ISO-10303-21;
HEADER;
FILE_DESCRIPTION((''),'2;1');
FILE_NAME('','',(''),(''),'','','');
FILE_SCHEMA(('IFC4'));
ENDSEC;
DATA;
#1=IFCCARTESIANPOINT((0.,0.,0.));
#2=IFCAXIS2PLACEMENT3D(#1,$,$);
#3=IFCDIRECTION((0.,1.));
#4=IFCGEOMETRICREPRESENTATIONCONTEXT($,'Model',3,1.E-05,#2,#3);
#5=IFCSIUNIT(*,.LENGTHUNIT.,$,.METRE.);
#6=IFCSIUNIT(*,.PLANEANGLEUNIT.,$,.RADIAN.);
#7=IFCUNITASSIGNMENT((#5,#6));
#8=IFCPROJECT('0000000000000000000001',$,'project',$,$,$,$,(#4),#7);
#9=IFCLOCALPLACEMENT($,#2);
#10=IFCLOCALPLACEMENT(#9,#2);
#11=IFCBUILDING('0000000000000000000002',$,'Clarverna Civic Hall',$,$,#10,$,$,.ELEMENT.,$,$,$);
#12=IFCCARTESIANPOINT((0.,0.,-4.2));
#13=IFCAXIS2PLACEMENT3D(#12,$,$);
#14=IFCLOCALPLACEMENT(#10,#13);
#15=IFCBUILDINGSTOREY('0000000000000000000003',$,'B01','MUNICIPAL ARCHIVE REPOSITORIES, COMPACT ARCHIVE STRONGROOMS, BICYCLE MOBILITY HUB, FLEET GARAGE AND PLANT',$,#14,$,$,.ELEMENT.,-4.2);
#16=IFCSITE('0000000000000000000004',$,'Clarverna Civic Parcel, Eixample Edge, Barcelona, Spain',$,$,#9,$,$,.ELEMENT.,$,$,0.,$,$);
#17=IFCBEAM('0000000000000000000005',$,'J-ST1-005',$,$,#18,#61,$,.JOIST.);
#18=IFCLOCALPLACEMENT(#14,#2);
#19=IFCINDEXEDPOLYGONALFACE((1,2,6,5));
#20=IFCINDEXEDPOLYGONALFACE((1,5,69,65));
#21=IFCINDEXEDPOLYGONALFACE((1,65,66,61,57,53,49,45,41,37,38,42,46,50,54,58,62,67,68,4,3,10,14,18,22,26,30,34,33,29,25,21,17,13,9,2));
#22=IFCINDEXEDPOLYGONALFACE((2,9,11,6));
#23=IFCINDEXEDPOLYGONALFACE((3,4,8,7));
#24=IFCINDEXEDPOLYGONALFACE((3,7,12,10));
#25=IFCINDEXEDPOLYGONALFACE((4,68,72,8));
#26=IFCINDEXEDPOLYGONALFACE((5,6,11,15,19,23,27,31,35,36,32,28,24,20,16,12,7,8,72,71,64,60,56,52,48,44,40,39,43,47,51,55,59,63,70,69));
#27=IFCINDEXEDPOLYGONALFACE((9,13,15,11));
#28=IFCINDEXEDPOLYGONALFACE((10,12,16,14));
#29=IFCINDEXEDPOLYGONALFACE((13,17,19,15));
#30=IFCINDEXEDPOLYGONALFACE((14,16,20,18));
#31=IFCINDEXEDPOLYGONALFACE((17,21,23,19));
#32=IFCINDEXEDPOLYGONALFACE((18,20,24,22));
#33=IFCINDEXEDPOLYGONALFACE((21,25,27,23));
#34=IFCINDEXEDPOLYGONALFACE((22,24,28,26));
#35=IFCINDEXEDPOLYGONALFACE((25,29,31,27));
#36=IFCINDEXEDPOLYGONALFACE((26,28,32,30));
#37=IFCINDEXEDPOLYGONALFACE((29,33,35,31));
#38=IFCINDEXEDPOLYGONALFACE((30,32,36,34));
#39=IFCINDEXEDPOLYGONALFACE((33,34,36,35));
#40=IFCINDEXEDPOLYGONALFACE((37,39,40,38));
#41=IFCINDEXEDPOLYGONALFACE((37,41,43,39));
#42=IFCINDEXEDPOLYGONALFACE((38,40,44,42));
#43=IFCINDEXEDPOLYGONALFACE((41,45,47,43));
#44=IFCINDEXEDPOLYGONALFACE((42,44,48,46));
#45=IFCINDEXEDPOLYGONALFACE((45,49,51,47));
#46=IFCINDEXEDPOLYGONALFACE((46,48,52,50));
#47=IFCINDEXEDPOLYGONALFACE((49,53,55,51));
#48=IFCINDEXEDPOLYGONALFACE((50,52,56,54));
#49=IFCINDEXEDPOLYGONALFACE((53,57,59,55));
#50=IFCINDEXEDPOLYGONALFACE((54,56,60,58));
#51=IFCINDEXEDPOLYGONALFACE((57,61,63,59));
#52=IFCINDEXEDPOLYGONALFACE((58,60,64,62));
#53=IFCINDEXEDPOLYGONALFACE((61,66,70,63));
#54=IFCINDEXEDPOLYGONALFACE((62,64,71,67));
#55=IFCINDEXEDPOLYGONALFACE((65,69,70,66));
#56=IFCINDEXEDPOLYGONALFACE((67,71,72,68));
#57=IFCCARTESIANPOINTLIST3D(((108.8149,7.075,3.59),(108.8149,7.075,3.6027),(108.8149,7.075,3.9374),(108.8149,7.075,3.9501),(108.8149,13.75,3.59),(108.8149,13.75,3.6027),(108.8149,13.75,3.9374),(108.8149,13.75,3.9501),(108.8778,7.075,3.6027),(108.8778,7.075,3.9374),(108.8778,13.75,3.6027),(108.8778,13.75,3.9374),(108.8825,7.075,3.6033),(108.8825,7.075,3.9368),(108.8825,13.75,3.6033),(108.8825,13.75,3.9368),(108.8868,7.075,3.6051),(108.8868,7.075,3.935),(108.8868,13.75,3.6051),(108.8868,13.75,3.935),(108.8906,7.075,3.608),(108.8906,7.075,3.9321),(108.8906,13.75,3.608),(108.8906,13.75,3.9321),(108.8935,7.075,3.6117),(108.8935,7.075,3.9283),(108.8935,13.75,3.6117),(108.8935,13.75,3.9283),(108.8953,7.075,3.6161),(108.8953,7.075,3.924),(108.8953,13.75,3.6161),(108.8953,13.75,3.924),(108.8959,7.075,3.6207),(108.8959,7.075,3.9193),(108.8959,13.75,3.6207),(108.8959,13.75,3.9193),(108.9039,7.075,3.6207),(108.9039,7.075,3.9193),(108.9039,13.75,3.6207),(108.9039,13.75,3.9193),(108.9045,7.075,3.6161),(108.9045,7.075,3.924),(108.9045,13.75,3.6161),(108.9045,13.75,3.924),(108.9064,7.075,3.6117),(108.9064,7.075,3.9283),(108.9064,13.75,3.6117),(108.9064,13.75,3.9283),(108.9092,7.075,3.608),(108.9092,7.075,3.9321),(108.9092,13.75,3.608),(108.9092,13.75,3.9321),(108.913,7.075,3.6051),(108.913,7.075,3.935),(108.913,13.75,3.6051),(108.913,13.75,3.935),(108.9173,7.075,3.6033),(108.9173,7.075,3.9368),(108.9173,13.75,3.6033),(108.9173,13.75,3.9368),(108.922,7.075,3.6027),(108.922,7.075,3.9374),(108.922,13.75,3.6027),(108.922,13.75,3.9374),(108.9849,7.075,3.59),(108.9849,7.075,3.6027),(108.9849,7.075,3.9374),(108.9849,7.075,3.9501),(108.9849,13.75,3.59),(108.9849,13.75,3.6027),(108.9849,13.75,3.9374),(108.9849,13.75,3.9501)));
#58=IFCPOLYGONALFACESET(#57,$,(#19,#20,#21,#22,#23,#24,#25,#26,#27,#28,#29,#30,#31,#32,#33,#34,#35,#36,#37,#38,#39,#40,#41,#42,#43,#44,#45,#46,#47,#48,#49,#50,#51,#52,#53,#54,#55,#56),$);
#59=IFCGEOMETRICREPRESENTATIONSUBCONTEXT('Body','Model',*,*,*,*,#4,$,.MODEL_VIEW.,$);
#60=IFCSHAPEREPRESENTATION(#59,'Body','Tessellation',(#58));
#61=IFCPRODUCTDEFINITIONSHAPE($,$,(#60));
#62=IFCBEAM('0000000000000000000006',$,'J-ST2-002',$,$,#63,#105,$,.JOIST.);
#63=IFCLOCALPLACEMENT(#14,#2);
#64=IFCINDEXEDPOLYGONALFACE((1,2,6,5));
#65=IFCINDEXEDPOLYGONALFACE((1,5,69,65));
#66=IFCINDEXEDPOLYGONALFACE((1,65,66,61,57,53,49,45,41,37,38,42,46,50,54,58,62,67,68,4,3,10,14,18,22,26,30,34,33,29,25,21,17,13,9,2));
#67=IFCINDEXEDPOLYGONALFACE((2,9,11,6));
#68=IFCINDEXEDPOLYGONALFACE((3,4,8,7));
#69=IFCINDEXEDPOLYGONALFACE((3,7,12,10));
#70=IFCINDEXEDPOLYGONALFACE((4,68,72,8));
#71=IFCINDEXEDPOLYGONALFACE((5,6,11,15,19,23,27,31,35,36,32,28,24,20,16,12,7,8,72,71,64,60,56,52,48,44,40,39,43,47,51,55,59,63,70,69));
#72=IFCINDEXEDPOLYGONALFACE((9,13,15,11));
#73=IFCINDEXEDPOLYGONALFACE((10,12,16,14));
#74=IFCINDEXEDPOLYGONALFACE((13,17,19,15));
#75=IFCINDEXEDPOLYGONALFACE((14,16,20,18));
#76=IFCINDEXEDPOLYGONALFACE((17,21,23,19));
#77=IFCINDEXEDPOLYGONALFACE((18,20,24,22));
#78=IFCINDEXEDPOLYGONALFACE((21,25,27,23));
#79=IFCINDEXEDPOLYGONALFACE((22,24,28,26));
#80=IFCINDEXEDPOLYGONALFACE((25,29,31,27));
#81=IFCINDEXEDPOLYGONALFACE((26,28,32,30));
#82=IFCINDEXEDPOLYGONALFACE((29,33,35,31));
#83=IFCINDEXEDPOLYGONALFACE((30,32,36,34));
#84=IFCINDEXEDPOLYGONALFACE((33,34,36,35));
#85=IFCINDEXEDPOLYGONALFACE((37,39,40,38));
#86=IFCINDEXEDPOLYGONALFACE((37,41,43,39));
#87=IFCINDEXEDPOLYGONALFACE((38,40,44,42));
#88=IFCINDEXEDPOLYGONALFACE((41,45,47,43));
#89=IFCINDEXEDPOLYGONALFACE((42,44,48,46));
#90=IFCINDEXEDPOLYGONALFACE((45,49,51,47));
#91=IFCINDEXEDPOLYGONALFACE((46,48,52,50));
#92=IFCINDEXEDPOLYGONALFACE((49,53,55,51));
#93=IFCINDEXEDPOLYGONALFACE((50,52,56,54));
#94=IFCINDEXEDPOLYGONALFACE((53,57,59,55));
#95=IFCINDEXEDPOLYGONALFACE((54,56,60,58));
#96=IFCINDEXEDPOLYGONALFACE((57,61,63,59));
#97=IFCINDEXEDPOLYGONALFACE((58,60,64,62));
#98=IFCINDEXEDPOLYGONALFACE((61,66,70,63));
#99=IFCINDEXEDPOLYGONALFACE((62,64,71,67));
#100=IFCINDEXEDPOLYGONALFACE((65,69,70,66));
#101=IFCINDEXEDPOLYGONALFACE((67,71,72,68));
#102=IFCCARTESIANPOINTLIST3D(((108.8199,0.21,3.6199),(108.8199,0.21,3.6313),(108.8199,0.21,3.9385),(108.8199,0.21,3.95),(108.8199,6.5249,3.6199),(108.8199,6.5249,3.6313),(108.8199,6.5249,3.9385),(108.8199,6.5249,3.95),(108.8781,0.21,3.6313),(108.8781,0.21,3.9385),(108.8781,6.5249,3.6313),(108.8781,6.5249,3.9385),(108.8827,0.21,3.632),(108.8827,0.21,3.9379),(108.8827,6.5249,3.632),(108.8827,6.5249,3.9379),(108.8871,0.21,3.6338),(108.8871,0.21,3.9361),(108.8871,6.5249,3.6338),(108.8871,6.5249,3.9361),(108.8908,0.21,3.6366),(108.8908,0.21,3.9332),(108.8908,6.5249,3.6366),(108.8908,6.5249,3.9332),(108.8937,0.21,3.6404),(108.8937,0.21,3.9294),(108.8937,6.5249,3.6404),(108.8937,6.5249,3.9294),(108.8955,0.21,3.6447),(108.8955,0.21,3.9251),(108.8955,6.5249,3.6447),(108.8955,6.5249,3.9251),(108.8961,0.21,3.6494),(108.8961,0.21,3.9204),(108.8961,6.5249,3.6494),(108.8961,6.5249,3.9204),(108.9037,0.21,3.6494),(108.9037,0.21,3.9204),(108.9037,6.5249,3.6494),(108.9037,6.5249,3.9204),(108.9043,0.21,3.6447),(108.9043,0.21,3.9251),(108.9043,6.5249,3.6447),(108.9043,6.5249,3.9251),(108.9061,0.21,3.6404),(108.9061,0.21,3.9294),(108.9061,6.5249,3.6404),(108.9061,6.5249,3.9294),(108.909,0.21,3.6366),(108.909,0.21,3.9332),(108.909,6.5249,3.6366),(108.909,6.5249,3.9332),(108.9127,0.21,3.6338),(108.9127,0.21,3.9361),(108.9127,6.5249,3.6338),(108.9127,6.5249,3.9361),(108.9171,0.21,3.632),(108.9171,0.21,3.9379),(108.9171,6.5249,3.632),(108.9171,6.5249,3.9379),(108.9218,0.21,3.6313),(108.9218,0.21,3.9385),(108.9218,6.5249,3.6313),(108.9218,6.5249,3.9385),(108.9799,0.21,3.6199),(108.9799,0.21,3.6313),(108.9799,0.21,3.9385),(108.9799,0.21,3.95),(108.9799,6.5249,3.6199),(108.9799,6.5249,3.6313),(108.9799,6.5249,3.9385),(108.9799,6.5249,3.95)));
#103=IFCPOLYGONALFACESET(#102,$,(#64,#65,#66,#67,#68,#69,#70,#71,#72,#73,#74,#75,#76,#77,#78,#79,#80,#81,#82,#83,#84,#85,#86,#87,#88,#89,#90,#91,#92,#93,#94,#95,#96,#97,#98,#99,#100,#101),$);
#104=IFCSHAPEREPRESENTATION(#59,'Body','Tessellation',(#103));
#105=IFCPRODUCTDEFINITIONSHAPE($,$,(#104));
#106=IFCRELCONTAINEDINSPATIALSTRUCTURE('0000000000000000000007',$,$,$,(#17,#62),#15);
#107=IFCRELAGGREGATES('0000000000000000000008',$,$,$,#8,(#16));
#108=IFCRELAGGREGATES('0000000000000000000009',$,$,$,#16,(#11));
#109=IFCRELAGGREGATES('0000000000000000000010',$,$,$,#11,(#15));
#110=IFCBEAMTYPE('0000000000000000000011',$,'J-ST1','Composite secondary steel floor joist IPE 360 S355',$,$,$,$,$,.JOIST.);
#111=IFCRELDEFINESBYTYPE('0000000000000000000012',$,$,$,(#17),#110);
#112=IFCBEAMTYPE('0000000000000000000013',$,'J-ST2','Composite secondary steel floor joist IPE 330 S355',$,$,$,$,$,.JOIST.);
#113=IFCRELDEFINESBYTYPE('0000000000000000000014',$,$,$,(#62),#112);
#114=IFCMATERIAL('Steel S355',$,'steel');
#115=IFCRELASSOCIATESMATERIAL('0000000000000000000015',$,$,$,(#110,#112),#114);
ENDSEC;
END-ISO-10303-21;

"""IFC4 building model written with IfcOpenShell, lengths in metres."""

from ifc_helpers import new_model, si_unit, direction, frame, origin, origin_2d, place, context, subcontext, project, spatial, i_section, extrude, material, material_profile, profile_set, type_object, element, save


model = new_model("IFC4")

# Units and contexts
model_context = context("Model", 3, precision=1e-05, world=origin(), true_north=direction((0.0, 1.0)))
body_context = subcontext(model_context, "Body", "Model", "MODEL_VIEW")
ifc_project = project(units=[si_unit("LENGTHUNIT", "METRE"), si_unit("PLANEANGLEUNIT", "RADIAN")], contexts=[model_context])

# Site, building, storey
site_placement = place(None, origin())
site = spatial("IfcSite", under=ifc_project, at=site_placement, Name="Clarverna Civic Parcel, Eixample Edge, Barcelona, Spain", CompositionType="ELEMENT", RefElevation=0.0)
building_placement = place(site_placement, origin())
building = spatial("IfcBuilding", under=site, at=building_placement, Name="Clarverna Civic Hall", CompositionType="ELEMENT")
storey_placement = place(building_placement, frame((0.0, 0.0, -4.2)))
storey = spatial("IfcBuildingStorey", under=building, at=storey_placement, Name="B01", Description="MUNICIPAL ARCHIVE REPOSITORIES, COMPACT ARCHIVE STRONGROOMS, BICYCLE MOBILITY HUB, FLEET GARAGE AND PLANT", CompositionType="ELEMENT", Elevation=-4.2)

# Beams
ifc_material_1 = material(Name="Steel S355", Category="steel")
ifc_material_profile_1 = material_profile(ifc_material_1, i_section(OverallWidth=0.1699, OverallDepth=0.3601, WebThickness=0.0081, FlangeThickness=0.0127, FilletRadius=0.0181, at=origin_2d()), Name="IPE 360")
ifc_profile_set_1 = profile_set([ifc_material_profile_1], Name="Steel S355")
beam_type_1 = type_object("IfcBeamType", Name="J-ST1", Description="Composite secondary steel floor joist IPE 360 S355", PredefinedType="JOIST", material=ifc_profile_set_1)
beam_1_placement = place(storey_placement, frame((108.8999, 7.075, 3.77), z_axis=(0.0, 1.0, 0.0), x_axis=(-1.0, 0.0, 0.0)))
element("IfcBeam", 1, at=beam_1_placement, inside=storey, type_object=beam_type_1, Name="J-ST1-005", PredefinedType="JOIST", context=body_context, shape_type="SweptSolid", body=[
    extrude(i_section(OverallWidth=0.1699, OverallDepth=0.3601, WebThickness=0.0081, FlangeThickness=0.0127, FilletRadius=0.0181, at=origin_2d()), origin(), (0.0, 0.0, 1.0), 6.675),
])
ifc_material_profile_2 = material_profile(ifc_material_1, i_section(OverallWidth=0.1599, OverallDepth=0.3301, WebThickness=0.0076, FlangeThickness=0.0115, FilletRadius=0.0181, at=origin_2d()), Name="IPE 330")
ifc_profile_set_2 = profile_set([ifc_material_profile_2], Name="Steel S355")
beam_type_2 = type_object("IfcBeamType", Name="J-ST2", Description="Composite secondary steel floor joist IPE 330 S355", PredefinedType="JOIST", material=ifc_profile_set_2)
beam_2_placement = place(storey_placement, frame((108.8999, 0.21, 3.7849), z_axis=(0.0, 1.0, 0.0), x_axis=(-1.0, 0.0, 0.0)))
element("IfcBeam", 2, at=beam_2_placement, inside=storey, type_object=beam_type_2, Name="J-ST2-002", PredefinedType="JOIST", context=body_context, shape_type="SweptSolid", body=[
    extrude(i_section(OverallWidth=0.1599, OverallDepth=0.3301, WebThickness=0.0076, FlangeThickness=0.0115, FilletRadius=0.0181, at=origin_2d()), origin(), (0.0, 0.0, 1.0), 6.3149),
])

save(model, "model.ifc")
